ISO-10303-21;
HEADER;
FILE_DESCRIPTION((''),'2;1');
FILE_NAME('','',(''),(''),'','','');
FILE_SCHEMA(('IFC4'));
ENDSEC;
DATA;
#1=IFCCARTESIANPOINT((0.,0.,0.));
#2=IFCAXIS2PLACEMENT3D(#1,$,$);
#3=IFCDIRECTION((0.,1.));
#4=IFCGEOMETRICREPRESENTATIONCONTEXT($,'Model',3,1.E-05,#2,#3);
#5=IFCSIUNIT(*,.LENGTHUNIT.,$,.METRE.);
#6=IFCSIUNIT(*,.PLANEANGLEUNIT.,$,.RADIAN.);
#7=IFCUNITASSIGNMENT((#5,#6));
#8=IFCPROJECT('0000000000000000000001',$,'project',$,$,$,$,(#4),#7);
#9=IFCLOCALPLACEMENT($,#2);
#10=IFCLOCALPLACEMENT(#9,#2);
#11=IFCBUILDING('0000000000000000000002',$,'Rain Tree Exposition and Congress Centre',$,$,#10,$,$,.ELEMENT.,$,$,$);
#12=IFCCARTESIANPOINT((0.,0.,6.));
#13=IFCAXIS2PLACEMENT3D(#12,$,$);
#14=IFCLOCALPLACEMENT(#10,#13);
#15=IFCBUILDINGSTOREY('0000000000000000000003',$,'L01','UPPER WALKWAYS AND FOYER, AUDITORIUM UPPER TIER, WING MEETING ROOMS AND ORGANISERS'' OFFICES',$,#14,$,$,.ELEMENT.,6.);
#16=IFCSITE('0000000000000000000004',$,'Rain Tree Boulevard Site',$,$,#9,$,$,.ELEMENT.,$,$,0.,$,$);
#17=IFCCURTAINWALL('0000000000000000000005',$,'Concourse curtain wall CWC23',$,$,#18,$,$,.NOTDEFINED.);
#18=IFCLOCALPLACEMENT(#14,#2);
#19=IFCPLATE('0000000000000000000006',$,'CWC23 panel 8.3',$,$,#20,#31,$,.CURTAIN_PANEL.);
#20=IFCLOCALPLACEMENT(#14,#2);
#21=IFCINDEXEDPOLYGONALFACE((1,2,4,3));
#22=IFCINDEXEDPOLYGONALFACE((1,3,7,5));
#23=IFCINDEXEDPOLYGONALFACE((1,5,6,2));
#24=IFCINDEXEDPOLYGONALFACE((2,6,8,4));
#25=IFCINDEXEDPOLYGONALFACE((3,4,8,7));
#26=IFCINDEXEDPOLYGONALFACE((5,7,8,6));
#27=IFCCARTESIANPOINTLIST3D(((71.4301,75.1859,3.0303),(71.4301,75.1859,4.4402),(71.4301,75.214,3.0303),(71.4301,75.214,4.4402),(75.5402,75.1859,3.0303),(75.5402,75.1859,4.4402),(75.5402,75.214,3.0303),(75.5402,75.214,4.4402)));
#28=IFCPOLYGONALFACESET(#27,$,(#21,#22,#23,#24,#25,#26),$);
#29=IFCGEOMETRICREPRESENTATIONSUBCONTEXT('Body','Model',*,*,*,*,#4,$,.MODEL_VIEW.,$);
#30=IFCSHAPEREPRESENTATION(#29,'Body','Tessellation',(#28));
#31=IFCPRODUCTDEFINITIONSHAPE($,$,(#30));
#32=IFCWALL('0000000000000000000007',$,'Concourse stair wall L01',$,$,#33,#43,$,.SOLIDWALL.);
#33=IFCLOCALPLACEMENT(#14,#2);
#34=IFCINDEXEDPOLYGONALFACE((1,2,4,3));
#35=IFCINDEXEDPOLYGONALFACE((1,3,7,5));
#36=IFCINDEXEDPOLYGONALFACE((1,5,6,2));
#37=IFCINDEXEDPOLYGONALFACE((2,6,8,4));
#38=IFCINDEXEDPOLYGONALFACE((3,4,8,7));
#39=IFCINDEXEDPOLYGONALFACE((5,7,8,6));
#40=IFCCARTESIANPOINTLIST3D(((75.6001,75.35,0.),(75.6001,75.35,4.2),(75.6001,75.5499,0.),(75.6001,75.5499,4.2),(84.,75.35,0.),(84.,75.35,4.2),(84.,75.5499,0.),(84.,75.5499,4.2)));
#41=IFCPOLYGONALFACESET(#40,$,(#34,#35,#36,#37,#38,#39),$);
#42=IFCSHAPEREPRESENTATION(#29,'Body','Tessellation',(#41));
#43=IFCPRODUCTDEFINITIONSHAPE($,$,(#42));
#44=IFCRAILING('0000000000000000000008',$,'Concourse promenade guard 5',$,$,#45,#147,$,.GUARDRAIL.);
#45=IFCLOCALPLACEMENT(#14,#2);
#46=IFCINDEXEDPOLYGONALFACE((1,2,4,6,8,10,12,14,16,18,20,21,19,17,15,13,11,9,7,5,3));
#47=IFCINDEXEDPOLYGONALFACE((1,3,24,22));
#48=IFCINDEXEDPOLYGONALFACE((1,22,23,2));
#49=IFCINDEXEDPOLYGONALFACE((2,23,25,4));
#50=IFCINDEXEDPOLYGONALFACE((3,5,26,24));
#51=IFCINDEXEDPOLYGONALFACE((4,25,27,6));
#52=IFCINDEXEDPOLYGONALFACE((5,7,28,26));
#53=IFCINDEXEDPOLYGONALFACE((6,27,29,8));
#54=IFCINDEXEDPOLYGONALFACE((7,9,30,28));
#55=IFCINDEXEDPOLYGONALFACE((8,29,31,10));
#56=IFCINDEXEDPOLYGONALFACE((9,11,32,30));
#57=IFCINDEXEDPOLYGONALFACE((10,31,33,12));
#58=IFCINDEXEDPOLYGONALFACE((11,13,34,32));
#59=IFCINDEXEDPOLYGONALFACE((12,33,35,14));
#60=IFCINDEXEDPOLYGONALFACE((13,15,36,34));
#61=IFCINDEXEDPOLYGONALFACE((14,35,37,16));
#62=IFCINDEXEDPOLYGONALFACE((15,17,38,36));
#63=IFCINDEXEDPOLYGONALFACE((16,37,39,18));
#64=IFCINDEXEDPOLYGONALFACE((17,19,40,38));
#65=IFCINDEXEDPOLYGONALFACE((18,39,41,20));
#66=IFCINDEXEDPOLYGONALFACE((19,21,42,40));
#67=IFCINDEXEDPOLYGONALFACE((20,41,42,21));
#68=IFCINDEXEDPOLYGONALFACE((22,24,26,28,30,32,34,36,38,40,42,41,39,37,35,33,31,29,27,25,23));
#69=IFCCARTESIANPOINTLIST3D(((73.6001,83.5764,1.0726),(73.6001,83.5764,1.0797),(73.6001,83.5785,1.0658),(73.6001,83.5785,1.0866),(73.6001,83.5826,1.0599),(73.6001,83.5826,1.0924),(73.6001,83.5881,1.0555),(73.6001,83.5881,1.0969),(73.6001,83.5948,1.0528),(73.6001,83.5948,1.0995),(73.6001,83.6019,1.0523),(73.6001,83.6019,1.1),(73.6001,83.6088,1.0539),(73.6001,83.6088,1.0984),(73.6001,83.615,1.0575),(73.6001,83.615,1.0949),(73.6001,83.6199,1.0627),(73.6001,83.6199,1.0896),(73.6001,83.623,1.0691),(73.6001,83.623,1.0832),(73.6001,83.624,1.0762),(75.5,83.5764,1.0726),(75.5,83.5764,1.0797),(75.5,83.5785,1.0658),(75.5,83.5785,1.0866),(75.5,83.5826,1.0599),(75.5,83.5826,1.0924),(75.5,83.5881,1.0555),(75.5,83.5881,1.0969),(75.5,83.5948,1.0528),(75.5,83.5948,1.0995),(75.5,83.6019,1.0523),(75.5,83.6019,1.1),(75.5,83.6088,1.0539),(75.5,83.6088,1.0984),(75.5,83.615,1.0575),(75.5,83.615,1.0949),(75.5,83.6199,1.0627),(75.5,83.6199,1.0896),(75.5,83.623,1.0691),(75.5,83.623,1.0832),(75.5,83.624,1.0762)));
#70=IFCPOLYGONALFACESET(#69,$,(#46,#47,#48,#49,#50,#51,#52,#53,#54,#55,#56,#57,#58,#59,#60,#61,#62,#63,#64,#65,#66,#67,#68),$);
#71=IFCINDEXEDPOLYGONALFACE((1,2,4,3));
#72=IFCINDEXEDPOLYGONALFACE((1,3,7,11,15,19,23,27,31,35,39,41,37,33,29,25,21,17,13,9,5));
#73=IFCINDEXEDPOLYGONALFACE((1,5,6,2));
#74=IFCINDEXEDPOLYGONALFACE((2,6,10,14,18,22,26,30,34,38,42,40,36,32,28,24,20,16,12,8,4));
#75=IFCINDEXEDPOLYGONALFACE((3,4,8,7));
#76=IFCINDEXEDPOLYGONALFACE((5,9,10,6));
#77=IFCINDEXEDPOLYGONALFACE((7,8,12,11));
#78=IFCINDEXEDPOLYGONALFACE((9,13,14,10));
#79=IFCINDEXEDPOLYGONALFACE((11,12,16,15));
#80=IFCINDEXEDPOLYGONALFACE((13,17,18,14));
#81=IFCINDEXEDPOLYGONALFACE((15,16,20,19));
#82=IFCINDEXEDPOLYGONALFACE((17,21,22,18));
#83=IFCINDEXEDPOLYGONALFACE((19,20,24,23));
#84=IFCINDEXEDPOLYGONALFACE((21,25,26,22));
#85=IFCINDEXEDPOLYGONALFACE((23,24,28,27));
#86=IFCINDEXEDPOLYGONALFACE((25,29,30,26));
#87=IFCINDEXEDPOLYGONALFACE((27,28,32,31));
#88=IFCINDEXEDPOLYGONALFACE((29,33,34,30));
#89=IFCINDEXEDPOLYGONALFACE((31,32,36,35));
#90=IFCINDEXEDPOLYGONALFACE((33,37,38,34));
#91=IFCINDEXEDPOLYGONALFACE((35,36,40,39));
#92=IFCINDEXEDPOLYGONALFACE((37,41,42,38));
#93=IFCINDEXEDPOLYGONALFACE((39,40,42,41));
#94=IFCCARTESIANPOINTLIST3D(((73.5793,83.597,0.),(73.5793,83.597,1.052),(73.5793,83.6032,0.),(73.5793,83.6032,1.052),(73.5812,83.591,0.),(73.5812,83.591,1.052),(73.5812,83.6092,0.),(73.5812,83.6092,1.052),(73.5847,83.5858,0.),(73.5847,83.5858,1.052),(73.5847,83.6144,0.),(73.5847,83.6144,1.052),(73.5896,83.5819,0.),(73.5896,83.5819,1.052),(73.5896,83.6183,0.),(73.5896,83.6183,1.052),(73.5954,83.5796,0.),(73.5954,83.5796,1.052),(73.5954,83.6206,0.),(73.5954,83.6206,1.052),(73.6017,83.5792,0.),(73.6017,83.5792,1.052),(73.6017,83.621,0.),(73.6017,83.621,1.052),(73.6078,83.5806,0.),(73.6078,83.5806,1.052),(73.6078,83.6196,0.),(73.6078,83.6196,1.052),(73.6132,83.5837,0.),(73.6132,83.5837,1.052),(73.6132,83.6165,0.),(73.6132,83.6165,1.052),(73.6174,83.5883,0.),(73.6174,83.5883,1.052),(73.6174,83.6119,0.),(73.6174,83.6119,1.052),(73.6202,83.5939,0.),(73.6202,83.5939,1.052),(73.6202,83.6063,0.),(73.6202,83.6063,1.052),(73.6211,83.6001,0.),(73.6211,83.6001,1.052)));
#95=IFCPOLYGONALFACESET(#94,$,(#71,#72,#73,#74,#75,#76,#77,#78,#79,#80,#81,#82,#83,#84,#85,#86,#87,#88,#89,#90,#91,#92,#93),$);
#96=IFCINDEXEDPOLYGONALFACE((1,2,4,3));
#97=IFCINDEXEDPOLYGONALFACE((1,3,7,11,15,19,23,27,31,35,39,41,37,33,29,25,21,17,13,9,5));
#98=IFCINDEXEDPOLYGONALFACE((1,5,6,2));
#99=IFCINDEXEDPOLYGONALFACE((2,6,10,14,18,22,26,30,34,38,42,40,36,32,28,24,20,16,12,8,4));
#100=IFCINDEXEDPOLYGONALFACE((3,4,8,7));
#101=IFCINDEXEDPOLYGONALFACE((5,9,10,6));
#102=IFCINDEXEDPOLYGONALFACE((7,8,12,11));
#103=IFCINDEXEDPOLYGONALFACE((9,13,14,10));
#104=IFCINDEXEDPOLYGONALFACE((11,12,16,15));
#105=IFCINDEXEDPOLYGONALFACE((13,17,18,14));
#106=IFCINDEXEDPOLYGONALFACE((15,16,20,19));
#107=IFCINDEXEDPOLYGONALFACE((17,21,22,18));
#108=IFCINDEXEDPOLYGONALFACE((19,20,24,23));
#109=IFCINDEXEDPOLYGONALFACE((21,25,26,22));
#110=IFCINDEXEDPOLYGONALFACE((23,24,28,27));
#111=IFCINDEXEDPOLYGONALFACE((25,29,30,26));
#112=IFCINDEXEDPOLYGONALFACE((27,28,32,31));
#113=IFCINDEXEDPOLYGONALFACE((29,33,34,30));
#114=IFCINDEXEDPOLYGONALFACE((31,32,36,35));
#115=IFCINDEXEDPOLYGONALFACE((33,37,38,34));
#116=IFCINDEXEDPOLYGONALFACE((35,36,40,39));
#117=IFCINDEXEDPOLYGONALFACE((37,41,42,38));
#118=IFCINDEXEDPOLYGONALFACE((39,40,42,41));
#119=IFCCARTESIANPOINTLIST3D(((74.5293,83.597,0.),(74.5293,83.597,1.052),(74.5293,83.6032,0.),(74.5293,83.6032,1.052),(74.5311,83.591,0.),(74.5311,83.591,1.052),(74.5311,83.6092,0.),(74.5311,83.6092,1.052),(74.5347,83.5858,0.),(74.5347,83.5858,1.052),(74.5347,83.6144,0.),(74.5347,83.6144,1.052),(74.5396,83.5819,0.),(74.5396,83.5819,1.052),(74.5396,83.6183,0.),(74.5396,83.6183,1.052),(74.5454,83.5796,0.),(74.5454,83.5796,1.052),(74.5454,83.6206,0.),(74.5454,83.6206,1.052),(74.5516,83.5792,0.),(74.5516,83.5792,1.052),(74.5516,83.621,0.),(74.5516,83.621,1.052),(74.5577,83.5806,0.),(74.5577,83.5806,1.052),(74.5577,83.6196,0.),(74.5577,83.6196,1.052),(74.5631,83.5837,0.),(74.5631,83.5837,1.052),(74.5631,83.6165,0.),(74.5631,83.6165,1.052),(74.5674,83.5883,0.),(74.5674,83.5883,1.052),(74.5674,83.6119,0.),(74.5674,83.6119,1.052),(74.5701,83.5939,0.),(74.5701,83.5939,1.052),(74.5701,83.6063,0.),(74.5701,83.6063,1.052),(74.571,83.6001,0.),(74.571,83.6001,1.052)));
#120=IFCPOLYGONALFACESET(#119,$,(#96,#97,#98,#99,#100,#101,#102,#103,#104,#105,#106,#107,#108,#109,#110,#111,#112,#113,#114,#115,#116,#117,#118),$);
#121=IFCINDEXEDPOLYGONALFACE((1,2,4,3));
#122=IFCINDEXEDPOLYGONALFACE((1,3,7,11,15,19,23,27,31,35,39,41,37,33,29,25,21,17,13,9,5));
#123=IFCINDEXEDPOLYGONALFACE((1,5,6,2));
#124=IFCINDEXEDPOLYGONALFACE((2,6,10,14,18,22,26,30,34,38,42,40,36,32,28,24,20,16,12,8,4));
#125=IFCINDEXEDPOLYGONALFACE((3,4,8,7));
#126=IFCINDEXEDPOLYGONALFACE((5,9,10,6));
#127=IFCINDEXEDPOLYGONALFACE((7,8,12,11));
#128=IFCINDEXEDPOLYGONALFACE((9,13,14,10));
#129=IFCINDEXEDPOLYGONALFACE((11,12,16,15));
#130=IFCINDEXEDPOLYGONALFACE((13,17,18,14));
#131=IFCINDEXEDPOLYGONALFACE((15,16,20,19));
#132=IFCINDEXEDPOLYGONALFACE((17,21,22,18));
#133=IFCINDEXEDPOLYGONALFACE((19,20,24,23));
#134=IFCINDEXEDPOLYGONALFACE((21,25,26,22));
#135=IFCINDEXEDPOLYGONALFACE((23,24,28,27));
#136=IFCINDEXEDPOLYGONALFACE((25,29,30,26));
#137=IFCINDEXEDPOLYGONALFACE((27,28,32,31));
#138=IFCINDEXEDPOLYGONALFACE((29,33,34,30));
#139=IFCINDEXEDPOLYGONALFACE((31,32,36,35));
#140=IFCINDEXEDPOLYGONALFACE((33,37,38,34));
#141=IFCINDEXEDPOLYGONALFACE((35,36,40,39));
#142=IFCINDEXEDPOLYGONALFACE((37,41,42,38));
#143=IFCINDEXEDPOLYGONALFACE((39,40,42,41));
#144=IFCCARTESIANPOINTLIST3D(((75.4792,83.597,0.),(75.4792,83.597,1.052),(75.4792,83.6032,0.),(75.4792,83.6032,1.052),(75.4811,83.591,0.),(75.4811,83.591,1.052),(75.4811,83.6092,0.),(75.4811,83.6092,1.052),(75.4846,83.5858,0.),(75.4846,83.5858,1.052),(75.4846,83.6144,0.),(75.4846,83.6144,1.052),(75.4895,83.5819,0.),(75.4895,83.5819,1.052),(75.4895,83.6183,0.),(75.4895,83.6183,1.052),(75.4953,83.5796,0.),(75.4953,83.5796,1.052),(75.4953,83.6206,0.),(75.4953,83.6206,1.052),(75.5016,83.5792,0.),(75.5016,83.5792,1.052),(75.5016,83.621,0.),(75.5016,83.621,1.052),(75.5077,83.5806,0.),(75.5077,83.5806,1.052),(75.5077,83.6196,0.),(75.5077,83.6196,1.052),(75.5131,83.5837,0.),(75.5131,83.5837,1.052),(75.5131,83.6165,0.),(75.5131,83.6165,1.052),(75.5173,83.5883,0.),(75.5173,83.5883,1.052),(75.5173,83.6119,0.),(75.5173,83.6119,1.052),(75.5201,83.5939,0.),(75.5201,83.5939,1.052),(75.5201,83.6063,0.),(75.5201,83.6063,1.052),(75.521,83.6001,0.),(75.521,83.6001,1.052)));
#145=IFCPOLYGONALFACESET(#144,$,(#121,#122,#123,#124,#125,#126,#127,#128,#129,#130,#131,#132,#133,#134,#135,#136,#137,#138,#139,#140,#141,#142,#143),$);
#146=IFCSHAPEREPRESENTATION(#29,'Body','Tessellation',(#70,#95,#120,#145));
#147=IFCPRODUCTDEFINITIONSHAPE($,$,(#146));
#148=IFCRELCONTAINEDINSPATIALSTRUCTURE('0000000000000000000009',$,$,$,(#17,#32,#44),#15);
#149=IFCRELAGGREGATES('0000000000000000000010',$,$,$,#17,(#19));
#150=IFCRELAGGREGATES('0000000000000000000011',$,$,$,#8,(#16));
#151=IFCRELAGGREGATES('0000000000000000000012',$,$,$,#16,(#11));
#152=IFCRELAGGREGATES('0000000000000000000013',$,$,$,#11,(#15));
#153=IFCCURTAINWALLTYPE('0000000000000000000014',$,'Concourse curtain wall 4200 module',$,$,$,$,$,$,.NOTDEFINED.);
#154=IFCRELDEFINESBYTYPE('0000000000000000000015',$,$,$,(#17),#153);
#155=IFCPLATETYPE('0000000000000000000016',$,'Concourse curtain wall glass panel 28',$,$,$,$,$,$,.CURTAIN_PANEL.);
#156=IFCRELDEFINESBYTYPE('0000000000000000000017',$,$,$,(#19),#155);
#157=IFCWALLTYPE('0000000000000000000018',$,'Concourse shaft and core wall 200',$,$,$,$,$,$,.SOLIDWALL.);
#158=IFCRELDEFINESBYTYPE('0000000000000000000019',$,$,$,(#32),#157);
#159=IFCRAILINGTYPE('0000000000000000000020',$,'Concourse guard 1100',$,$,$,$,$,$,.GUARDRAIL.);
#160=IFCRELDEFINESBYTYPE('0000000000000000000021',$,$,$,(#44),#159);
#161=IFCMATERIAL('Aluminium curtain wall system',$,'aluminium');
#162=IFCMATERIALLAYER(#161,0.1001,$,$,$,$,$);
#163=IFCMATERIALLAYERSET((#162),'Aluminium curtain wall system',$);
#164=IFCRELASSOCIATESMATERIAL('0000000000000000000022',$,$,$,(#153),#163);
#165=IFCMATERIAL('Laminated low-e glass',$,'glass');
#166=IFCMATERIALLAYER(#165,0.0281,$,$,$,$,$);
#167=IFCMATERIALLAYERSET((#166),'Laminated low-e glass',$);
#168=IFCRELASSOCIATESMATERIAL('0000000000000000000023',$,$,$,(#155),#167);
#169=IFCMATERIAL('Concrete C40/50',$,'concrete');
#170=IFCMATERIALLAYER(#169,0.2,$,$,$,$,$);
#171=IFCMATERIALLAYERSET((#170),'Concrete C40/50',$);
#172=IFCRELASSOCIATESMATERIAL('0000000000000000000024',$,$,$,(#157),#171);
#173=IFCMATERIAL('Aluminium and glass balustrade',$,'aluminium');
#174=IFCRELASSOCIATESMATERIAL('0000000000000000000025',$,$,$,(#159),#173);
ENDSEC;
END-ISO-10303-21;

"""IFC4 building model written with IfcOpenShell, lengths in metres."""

from ifc_helpers import new_model, si_unit, direction, frame, frame_2d, origin, origin_2d, place, context, subcontext, project, spatial, rectangle, circle, extrude, material, layer, layer_set, type_object, element, aggregate, save


model = new_model("IFC4")

# Units and contexts
model_context = context("Model", 3, precision=1e-05, world=origin(), true_north=direction((0.0, 1.0)))
body_context = subcontext(model_context, "Body", "Model", "MODEL_VIEW")
ifc_project = project(units=[si_unit("LENGTHUNIT", "METRE"), si_unit("PLANEANGLEUNIT", "RADIAN")], contexts=[model_context])

# Site, building, storey
site_placement = place(None, origin())
site = spatial("IfcSite", under=ifc_project, at=site_placement, Name="Rain Tree Boulevard Site", CompositionType="ELEMENT", RefElevation=0.0)
building_placement = place(site_placement, origin())
building = spatial("IfcBuilding", under=site, at=building_placement, Name="Rain Tree Exposition and Congress Centre", CompositionType="ELEMENT")
storey_placement = place(building_placement, frame((0.0, 0.0, 6.0)))
storey = spatial("IfcBuildingStorey", under=building, at=storey_placement, Name="L01", Description="UPPER WALKWAYS AND FOYER, AUDITORIUM UPPER TIER, WING MEETING ROOMS AND ORGANISERS' OFFICES", CompositionType="ELEMENT", Elevation=6.0)

# Curtain wall
ifc_material_1 = material(Name="Aluminium curtain wall system", Category="aluminium")
ifc_layer_1 = layer(ifc_material_1, 0.1001)
ifc_layer_set_1 = layer_set([ifc_layer_1], Name="Aluminium curtain wall system")
curtain_wall_type = type_object("IfcCurtainWallType", Name="Concourse curtain wall 4200 module", PredefinedType="NOTDEFINED", material=ifc_layer_set_1)
curtain_wall_placement = place(storey_placement, origin())
curtain_wall = element("IfcCurtainWall", 1, at=curtain_wall_placement, inside=storey, type_object=curtain_wall_type, Name="Concourse curtain wall CWC23", PredefinedType="NOTDEFINED")

# Plate
ifc_material_2 = material(Name="Laminated low-e glass", Category="glass")
ifc_layer_2 = layer(ifc_material_2, 0.0281)
ifc_layer_set_2 = layer_set([ifc_layer_2], Name="Laminated low-e glass")
plate_type = type_object("IfcPlateType", Name="Concourse curtain wall glass panel 28", PredefinedType="CURTAIN_PANEL", material=ifc_layer_set_2)
plate_1_placement = place(storey_placement, frame((73.4851, 75.2, 3.0303), z_axis=(0.0, 0.0, 1.0), x_axis=(1.0, 0.0, 0.0)))
plate_1 = element("IfcPlate", 2, at=plate_1_placement, type_object=plate_type, Name="CWC23 panel 8.3", PredefinedType="CURTAIN_PANEL", context=body_context, shape_type="SweptSolid", body=[
    extrude(rectangle(XDim=4.1101, YDim=0.0281, at=origin_2d()), origin(), (0.0, 0.0, 1.0), 1.4099),
])
aggregate(curtain_wall, [plate_1])

# Shared definitions
ifc_material_3 = material(Name="Concrete C40/50", Category="concrete")
ifc_layer_3 = layer(ifc_material_3, 0.2)
ifc_layer_set_3 = layer_set([ifc_layer_3], Name="Concrete C40/50")
wall_type = type_object("IfcWallType", Name="Concourse shaft and core wall 200", PredefinedType="SOLIDWALL", material=ifc_layer_set_3)

# Wall
wall_1_placement = place(storey_placement, frame((75.6001, 75.45, 0.0), z_axis=(0.0, 0.0, 1.0), x_axis=(1.0, 0.0, 0.0)))
element("IfcWall", 3, at=wall_1_placement, inside=storey, type_object=wall_type, Name="Concourse stair wall L01", PredefinedType="SOLIDWALL", context=body_context, shape_type="SweptSolid", body=[
    extrude(rectangle(XDim=8.3999, YDim=0.2, at=frame_2d((4.2, 0.0))), origin(), (0.0, 0.0, 1.0), 4.2),
])

# Railing
ifc_material_4 = material(Name="Aluminium and glass balustrade", Category="aluminium")
railing_type = type_object("IfcRailingType", Name="Concourse guard 1100", PredefinedType="GUARDRAIL", material=ifc_material_4)
railing_placement = place(storey_placement, frame((73.6001, 83.6001, 0.0)))
element("IfcRailing", 4, at=railing_placement, inside=storey, type_object=railing_type, Name="Concourse promenade guard 5", PredefinedType="GUARDRAIL", context=body_context, shape_type="SweptSolid", body=[
    extrude(circle(Radius=0.0239, at=origin_2d()), frame((0.0, 0.0, 1.0762), z_axis=(1.0, 0.0, 0.0), x_axis=(0.0, 1.0, 0.0)), (0.0, 0.0, 1.0), 1.8999),
    extrude(circle(Radius=0.021, at=origin_2d()), origin(), (0.0, 0.0, 1.0), 1.052),
    extrude(circle(Radius=0.021, at=origin_2d()), frame((0.95, 0.0, 0.0)), (0.0, 0.0, 1.0), 1.052),
    extrude(circle(Radius=0.021, at=origin_2d()), frame((1.8999, 0.0, 0.0)), (0.0, 0.0, 1.0), 1.052),
])

save(model, "model.ifc")
